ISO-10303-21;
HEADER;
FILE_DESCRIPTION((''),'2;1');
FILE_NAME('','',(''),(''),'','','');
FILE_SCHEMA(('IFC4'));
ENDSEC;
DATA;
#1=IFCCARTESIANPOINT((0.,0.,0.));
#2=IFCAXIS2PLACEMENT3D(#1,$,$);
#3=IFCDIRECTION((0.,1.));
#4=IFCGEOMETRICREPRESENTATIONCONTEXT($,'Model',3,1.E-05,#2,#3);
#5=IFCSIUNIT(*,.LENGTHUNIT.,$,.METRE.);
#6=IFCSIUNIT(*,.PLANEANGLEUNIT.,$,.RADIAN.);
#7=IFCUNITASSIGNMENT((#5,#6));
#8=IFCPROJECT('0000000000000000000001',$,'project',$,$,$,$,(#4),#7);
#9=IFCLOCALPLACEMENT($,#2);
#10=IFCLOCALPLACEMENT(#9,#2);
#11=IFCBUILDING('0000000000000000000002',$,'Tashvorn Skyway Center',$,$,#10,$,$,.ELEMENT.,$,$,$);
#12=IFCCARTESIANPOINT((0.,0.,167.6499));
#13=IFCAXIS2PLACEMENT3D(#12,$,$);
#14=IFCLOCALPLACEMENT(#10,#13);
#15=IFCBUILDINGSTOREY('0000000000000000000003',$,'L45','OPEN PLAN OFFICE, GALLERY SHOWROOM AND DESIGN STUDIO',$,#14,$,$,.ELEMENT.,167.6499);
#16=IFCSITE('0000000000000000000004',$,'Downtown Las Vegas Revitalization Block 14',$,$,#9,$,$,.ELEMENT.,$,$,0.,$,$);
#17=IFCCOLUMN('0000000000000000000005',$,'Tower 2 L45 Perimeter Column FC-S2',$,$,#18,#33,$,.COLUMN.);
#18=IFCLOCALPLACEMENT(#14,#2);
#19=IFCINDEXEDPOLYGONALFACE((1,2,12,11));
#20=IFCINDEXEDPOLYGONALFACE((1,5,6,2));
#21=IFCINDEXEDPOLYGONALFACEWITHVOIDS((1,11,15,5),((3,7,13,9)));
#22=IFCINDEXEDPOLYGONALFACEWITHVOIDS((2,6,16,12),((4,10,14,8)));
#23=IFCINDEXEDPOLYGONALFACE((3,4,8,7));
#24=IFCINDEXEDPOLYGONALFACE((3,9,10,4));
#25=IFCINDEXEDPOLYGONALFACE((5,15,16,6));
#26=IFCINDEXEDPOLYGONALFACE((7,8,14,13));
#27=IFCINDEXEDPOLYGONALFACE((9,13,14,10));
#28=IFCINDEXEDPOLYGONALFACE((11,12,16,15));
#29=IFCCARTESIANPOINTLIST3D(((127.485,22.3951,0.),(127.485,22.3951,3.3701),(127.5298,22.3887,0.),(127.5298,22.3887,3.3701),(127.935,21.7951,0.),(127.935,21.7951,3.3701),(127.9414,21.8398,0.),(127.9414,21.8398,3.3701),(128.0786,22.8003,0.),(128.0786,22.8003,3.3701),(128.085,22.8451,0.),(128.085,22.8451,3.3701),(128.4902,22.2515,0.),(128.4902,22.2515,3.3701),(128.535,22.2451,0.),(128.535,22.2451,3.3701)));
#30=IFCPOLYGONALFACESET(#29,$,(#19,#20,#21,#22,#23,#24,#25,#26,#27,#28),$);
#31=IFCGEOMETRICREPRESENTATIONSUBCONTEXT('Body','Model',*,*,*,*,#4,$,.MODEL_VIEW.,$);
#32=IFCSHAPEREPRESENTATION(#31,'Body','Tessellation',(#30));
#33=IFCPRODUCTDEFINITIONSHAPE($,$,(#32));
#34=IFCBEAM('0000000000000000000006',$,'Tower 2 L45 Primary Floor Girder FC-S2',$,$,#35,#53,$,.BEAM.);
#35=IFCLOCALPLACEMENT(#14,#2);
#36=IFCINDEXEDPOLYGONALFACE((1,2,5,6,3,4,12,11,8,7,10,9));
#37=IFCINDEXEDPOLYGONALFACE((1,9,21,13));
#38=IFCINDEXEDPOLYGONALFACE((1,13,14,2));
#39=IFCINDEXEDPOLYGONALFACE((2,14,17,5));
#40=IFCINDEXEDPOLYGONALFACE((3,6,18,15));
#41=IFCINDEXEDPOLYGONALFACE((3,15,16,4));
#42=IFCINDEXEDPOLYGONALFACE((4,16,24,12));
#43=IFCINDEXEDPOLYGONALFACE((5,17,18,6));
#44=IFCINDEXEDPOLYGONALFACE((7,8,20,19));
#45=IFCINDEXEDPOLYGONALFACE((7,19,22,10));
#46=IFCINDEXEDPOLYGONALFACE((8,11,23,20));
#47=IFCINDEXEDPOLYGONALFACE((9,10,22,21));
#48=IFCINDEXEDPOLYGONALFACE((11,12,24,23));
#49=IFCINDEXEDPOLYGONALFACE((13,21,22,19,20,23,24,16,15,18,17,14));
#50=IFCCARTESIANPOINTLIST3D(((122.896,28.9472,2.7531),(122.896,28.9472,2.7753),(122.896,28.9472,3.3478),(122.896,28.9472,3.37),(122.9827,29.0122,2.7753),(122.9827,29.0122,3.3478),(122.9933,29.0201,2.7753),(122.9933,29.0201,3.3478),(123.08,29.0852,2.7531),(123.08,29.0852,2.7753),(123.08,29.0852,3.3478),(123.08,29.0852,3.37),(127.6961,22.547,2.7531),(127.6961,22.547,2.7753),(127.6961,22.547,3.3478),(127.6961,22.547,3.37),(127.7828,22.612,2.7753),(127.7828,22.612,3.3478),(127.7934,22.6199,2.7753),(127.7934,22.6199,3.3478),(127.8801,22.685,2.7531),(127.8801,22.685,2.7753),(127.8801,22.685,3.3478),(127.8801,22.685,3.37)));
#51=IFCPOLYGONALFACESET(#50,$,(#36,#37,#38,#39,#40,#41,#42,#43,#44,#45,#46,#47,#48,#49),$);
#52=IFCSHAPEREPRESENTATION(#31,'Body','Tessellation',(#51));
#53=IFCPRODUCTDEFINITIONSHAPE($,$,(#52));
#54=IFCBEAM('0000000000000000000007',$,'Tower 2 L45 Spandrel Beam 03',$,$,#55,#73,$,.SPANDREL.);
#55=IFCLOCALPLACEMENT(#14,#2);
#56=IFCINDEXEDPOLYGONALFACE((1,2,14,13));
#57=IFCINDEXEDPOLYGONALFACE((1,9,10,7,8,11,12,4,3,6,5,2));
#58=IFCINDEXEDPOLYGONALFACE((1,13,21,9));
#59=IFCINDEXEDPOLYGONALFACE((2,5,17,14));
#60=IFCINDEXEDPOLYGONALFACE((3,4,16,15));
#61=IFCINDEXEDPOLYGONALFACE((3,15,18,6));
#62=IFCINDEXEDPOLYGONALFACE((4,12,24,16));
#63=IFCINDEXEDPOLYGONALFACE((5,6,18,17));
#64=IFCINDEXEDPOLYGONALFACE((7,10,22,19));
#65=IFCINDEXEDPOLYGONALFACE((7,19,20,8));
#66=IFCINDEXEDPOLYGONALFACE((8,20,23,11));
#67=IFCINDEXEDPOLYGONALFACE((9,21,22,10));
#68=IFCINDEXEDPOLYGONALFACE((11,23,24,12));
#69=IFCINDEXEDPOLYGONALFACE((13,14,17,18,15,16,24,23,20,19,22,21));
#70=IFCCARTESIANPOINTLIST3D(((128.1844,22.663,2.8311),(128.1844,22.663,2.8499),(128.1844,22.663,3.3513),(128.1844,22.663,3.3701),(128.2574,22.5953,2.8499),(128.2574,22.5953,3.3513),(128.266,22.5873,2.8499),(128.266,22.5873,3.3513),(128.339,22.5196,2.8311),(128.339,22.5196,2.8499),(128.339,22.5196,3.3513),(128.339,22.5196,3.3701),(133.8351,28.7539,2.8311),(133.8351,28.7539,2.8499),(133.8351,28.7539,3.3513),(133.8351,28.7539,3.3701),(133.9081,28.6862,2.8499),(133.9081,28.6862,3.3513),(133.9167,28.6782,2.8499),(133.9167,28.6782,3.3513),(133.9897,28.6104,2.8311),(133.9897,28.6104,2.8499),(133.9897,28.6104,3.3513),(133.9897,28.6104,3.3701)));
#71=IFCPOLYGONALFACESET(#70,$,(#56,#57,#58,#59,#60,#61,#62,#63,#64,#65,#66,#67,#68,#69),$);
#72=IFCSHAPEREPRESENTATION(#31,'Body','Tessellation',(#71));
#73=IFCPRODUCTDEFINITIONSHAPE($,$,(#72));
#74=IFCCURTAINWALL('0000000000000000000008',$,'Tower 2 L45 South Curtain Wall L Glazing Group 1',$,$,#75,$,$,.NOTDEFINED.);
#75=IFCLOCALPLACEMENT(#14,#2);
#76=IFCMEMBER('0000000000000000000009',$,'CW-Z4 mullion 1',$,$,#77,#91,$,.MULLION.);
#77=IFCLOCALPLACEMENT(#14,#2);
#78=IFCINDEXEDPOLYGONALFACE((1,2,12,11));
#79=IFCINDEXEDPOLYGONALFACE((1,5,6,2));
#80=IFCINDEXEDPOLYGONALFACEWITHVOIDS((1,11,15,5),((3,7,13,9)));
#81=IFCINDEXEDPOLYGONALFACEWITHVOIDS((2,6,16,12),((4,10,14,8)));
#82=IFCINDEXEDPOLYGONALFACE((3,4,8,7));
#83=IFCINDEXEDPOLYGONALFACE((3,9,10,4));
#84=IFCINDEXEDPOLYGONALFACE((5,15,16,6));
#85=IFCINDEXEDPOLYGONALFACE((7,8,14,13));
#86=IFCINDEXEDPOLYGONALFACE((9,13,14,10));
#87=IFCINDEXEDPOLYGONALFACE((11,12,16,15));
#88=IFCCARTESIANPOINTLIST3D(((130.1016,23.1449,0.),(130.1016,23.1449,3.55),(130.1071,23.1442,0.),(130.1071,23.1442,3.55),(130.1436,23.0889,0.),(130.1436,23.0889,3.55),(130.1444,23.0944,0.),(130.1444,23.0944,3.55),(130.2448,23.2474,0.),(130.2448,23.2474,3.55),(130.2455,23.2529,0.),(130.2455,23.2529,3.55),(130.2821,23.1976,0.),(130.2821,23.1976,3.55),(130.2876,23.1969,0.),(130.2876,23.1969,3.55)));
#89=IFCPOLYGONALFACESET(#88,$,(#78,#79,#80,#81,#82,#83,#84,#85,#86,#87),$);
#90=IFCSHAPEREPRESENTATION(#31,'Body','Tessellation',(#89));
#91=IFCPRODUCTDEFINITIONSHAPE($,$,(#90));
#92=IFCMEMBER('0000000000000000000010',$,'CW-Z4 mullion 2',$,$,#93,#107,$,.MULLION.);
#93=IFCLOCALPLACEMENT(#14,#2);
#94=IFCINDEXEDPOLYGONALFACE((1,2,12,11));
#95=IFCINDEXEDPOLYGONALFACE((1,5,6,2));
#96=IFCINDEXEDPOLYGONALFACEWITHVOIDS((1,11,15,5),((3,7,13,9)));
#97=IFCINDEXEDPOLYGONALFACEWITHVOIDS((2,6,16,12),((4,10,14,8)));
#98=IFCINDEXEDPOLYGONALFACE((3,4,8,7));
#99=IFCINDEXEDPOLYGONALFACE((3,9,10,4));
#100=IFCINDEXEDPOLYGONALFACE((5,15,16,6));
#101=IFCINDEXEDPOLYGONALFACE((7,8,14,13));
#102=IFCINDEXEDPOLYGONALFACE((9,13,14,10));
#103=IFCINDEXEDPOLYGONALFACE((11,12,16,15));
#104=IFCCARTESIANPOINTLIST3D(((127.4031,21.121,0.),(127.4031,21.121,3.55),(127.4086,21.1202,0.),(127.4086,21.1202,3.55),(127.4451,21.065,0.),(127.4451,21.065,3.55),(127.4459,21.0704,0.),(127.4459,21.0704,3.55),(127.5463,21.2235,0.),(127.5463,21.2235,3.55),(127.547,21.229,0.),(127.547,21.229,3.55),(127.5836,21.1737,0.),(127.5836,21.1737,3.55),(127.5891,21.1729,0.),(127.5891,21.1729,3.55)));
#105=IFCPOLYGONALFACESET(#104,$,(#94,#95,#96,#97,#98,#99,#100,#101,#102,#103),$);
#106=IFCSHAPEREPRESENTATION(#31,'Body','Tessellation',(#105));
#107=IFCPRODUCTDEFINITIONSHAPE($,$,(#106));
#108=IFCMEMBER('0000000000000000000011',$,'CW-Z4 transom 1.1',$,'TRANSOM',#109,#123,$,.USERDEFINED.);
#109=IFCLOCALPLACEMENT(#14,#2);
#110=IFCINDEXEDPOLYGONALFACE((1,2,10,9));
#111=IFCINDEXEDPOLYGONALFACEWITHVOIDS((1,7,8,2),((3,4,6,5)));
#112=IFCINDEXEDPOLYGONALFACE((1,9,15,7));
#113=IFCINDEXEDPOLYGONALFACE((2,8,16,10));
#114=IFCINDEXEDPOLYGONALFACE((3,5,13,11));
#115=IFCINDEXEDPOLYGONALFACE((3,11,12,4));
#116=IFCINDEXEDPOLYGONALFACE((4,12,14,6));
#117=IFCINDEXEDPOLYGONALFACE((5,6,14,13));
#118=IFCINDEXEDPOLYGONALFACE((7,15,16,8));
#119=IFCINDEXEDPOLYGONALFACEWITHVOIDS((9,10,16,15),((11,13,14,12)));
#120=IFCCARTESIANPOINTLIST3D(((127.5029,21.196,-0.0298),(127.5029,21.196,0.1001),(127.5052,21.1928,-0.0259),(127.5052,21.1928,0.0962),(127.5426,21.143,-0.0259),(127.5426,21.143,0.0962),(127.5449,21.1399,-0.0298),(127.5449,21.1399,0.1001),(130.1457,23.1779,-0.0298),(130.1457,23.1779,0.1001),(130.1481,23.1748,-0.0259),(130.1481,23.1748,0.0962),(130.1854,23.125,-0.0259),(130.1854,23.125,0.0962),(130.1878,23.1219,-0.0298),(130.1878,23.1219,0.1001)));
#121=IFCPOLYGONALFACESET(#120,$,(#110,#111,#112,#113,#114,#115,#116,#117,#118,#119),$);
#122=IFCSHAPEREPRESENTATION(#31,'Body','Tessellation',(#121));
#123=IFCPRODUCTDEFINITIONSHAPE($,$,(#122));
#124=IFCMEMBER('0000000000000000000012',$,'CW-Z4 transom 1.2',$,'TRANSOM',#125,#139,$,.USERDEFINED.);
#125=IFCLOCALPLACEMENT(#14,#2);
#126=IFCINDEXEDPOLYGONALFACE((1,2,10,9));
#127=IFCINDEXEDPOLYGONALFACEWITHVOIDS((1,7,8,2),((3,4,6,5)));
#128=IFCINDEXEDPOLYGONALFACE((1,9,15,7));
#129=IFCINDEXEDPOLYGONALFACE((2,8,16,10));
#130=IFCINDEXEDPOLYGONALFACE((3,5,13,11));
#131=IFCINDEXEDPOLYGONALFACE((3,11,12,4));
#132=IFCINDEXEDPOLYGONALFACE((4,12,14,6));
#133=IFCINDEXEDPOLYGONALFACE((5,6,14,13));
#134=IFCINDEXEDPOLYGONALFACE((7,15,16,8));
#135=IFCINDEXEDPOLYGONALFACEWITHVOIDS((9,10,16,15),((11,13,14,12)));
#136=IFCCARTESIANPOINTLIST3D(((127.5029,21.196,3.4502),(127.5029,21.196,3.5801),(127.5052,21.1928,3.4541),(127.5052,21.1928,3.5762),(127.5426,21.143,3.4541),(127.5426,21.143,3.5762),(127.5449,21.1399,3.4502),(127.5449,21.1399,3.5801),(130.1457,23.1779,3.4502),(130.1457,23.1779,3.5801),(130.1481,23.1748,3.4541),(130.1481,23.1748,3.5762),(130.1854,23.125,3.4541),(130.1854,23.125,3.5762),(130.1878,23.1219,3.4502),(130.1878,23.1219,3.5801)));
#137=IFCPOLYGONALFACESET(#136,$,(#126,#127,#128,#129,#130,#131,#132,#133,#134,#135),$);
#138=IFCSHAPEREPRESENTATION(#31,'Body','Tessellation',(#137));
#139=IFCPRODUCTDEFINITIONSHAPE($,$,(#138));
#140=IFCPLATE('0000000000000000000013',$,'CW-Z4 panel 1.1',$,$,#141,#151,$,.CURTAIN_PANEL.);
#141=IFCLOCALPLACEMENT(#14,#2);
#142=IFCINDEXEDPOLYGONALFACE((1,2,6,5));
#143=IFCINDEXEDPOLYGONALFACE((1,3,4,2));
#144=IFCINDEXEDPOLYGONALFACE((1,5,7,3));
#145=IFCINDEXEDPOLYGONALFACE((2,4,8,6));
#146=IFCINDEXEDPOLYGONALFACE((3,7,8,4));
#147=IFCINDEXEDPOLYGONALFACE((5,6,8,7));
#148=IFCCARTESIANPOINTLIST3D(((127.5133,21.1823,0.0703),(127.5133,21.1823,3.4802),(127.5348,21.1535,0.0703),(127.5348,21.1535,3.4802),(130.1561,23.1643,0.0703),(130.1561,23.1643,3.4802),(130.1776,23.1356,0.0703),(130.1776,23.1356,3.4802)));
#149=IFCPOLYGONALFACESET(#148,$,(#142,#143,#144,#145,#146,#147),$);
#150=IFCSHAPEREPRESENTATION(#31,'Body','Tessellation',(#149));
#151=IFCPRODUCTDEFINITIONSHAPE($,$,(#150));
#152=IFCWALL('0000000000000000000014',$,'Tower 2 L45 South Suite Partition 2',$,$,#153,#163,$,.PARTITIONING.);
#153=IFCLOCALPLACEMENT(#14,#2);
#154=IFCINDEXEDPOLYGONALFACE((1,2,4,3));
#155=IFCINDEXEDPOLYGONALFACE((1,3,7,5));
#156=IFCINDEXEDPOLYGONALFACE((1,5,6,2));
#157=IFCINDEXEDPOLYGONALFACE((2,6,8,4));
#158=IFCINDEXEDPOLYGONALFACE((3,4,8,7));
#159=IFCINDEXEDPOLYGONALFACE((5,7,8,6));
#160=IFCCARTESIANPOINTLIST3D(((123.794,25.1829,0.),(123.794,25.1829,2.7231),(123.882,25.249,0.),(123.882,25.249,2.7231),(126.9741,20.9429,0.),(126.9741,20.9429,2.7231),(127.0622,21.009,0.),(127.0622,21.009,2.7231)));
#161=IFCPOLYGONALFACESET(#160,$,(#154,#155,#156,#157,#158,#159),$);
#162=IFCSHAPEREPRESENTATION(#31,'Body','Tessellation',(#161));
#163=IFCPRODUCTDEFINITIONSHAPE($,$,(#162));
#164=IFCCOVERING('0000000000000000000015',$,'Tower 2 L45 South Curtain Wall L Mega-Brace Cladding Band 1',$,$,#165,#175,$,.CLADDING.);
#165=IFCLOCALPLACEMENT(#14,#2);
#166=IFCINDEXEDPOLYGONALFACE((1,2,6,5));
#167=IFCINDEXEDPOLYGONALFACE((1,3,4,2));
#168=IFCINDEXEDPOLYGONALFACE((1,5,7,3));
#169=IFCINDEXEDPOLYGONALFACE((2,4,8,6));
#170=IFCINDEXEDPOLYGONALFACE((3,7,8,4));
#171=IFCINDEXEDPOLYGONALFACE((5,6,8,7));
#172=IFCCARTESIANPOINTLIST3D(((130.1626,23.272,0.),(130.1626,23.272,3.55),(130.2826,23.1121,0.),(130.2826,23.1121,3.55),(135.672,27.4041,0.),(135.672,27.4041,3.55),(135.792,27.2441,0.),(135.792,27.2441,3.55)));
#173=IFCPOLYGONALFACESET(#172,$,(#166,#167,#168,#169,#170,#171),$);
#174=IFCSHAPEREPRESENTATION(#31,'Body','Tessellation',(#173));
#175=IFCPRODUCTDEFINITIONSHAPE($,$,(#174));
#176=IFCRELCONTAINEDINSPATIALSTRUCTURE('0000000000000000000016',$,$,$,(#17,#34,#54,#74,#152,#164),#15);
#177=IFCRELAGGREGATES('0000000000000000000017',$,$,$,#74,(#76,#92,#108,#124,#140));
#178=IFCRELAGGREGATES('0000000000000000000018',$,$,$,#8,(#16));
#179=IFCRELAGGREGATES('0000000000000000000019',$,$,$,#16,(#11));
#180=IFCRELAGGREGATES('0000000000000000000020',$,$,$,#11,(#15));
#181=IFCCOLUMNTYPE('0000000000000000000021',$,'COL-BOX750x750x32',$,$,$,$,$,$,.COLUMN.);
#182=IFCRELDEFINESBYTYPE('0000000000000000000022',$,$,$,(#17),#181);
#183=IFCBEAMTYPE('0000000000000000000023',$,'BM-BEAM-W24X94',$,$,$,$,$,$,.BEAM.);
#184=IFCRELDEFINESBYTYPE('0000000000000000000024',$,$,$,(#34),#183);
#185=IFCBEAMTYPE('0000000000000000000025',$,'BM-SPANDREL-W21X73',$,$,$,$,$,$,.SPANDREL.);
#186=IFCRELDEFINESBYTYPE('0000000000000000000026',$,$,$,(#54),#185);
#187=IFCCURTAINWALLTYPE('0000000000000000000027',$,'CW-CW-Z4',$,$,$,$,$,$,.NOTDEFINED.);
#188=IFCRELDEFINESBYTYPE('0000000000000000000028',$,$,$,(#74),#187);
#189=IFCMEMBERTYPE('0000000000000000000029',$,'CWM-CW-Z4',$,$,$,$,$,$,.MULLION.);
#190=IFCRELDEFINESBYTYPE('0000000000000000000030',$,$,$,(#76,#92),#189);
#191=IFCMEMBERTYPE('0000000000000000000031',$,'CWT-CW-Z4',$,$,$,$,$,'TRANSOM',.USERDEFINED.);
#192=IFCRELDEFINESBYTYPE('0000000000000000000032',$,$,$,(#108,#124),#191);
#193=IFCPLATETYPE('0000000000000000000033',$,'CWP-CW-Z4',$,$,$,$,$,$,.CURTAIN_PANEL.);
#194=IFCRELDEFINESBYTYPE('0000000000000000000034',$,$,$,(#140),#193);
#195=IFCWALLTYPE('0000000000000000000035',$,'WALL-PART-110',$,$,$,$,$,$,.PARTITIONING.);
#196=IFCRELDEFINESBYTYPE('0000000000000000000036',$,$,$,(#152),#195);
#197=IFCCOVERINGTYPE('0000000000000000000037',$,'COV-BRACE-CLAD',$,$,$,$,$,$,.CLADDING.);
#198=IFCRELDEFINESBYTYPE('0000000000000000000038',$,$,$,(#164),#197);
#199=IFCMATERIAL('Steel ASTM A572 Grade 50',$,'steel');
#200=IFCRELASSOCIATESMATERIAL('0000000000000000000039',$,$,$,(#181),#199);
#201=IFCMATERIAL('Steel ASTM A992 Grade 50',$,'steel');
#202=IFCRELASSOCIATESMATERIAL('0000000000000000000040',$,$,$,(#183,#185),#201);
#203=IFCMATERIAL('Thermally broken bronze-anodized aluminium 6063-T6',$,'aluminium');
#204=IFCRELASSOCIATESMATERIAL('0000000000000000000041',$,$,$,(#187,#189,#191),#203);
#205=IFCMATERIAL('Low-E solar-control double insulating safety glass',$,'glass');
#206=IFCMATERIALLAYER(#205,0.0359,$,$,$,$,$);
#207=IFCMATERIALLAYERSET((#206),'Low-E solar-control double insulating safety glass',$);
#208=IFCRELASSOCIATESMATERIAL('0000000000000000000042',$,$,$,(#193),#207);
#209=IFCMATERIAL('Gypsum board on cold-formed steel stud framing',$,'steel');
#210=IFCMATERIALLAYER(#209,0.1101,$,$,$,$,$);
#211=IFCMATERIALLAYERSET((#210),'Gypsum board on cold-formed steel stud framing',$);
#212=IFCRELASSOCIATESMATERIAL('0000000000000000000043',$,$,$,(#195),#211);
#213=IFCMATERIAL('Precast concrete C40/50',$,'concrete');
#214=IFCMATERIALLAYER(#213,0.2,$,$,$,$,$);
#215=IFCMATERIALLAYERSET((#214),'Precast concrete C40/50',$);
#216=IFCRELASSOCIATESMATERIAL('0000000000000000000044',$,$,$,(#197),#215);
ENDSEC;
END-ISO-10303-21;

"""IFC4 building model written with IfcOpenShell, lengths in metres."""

from ifc_helpers import new_model, si_unit, direction, frame, frame_2d, origin, origin_2d, place, context, subcontext, project, spatial, rectangle, hollow_rectangle, i_section, extrude, material, layer, layer_set, material_profile, profile_set, type_object, element, aggregate, save


model = new_model("IFC4")

# Units and contexts
model_context = context("Model", 3, precision=1e-05, world=origin(), true_north=direction((0.0, 1.0)))
body_context = subcontext(model_context, "Body", "Model", "MODEL_VIEW")
ifc_project = project(units=[si_unit("LENGTHUNIT", "METRE"), si_unit("PLANEANGLEUNIT", "RADIAN")], contexts=[model_context])

# Site, building, storey
site_placement = place(None, origin())
site = spatial("IfcSite", under=ifc_project, at=site_placement, Name="Downtown Las Vegas Revitalization Block 14", CompositionType="ELEMENT", RefElevation=0.0)
building_placement = place(site_placement, origin())
building = spatial("IfcBuilding", under=site, at=building_placement, Name="Tashvorn Skyway Center", CompositionType="ELEMENT")
storey_placement = place(building_placement, frame((0.0, 0.0, 167.6499)))
storey = spatial("IfcBuildingStorey", under=building, at=storey_placement, Name="L45", Description="OPEN PLAN OFFICE, GALLERY SHOWROOM AND DESIGN STUDIO", CompositionType="ELEMENT", Elevation=167.6499)

# Column
ifc_material_1 = material(Name="Steel ASTM A572 Grade 50", Category="steel")
ifc_material_profile_1 = material_profile(ifc_material_1, hollow_rectangle(XDim=0.75, YDim=0.75, WallThickness=0.032, at=origin_2d()), Name="BOX750x750x32")
ifc_profile_set_1 = profile_set([ifc_material_profile_1], Name="Steel ASTM A572 Grade 50")
column_type = type_object("IfcColumnType", Name="COL-BOX750x750x32", PredefinedType="COLUMN", material=ifc_profile_set_1)
column_placement = place(storey_placement, frame((128.01, 22.3201, 0.0), z_axis=(0.0, 0.0, 1.0), x_axis=(0.8, 0.6, 0.0)))
element("IfcColumn", 1, at=column_placement, inside=storey, type_object=column_type, Name="Tower 2 L45 Perimeter Column FC-S2", PredefinedType="COLUMN", context=body_context, shape_type="SweptSolid", body=[
    extrude(hollow_rectangle(XDim=0.75, YDim=0.75, WallThickness=0.032, at=origin_2d()), origin(), (0.0, 0.0, 1.0), 3.3701),
])

# Beams
ifc_material_2 = material(Name="Steel ASTM A992 Grade 50", Category="steel")
ifc_material_profile_2 = material_profile(ifc_material_2, i_section(OverallWidth=0.23, OverallDepth=0.6169, WebThickness=0.0132, FlangeThickness=0.0222, at=origin_2d()), Name="W24X94")
ifc_profile_set_2 = profile_set([ifc_material_profile_2], Name="Steel ASTM A992 Grade 50")
beam_type_1 = type_object("IfcBeamType", Name="BM-BEAM-W24X94", PredefinedType="BEAM", material=ifc_profile_set_2)
beam_1_placement = place(storey_placement, frame((127.7881, 22.616, 3.0615), z_axis=(-0.599995, 0.800004, 0.0), x_axis=(-0.800004, -0.599995, 0.0)))
element("IfcBeam", 2, at=beam_1_placement, inside=storey, type_object=beam_type_1, Name="Tower 2 L45 Primary Floor Girder FC-S2", PredefinedType="BEAM", context=body_context, shape_type="SweptSolid", body=[
    extrude(i_section(OverallWidth=0.23, OverallDepth=0.6169, WebThickness=0.0132, FlangeThickness=0.0222, at=origin_2d()), origin(), (0.0, 0.0, 1.0), 8.0002),
])
ifc_material_profile_3 = material_profile(ifc_material_2, i_section(OverallWidth=0.2109, OverallDepth=0.5391, WebThickness=0.0117, FlangeThickness=0.0188, at=origin_2d()), Name="W21X73")
ifc_profile_set_3 = profile_set([ifc_material_profile_3], Name="Steel ASTM A992 Grade 50")
beam_type_2 = type_object("IfcBeamType", Name="BM-SPANDREL-W21X73", PredefinedType="SPANDREL", material=ifc_profile_set_3)
beam_2_placement = place(storey_placement, frame((128.2617, 22.5913, 3.1006), z_axis=(0.68012, 0.733101, 0.0), x_axis=(-0.733101, 0.68012, 0.0)))
element("IfcBeam", 3, at=beam_2_placement, inside=storey, type_object=beam_type_2, Name="Tower 2 L45 Spandrel Beam 03", PredefinedType="SPANDREL", context=body_context, shape_type="SweptSolid", body=[
    extrude(i_section(OverallWidth=0.2109, OverallDepth=0.5391, WebThickness=0.0117, FlangeThickness=0.0188, at=origin_2d()), origin(), (0.0, 0.0, 1.0), 8.3083),
])

# Curtain wall, members, plate
ifc_material_3 = material(Name="Thermally broken bronze-anodized aluminium 6063-T6", Category="aluminium")
curtain_wall_type = type_object("IfcCurtainWallType", Name="CW-CW-Z4", PredefinedType="NOTDEFINED", material=ifc_material_3)
curtain_wall_placement = place(storey_placement, origin())
curtain_wall = element("IfcCurtainWall", 4, at=curtain_wall_placement, inside=storey, type_object=curtain_wall_type, Name="Tower 2 L45 South Curtain Wall L Glazing Group 1", PredefinedType="NOTDEFINED")
ifc_material_profile_4 = material_profile(ifc_material_3, hollow_rectangle(XDim=0.0701, YDim=0.1799, WallThickness=0.0039, at=origin_2d()), Name="ALU-MULL-70x180")
ifc_profile_set_4 = profile_set([ifc_material_profile_4], Name="Thermally broken bronze-anodized aluminium 6063-T6")
member_type_1 = type_object("IfcMemberType", Name="CWM-CW-Z4", PredefinedType="MULLION", material=ifc_profile_set_4)
member_1_placement = place(storey_placement, frame((130.1946, 23.1709, 0.0), z_axis=(0.0, 0.0, 1.0), x_axis=(0.599995, -0.800003, 0.0)))
member_1 = element("IfcMember", 5, at=member_1_placement, type_object=member_type_1, Name="CW-Z4 mullion 1", PredefinedType="MULLION", context=body_context, shape_type="SweptSolid", body=[
    extrude(hollow_rectangle(XDim=0.0701, YDim=0.1799, WallThickness=0.0039, at=origin_2d()), origin(), (0.0, 0.0, 1.0), 3.55),
])
member_2_placement = place(storey_placement, frame((127.4961, 21.147, 0.0), z_axis=(0.0, 0.0, 1.0), x_axis=(0.599995, -0.800003, 0.0)))
member_2 = element("IfcMember", 6, at=member_2_placement, type_object=member_type_1, Name="CW-Z4 mullion 2", PredefinedType="MULLION", context=body_context, shape_type="SweptSolid", body=[
    extrude(hollow_rectangle(XDim=0.0701, YDim=0.1799, WallThickness=0.0039, at=origin_2d()), origin(), (0.0, 0.0, 1.0), 3.55),
])
ifc_material_profile_5 = material_profile(ifc_material_3, hollow_rectangle(XDim=0.0701, YDim=0.1299, WallThickness=0.0039, at=origin_2d()), Name="ALU-TRAN-70x130")
ifc_profile_set_5 = profile_set([ifc_material_profile_5], Name="Thermally broken bronze-anodized aluminium 6063-T6")
member_type_2 = type_object("IfcMemberType", Name="CWT-CW-Z4", ElementType="TRANSOM", PredefinedType="USERDEFINED", material=ifc_profile_set_5)
member_3_placement = place(storey_placement, frame((130.1667, 23.1499, 0.0352), z_axis=(-0.800027, -0.599965, 0.0), x_axis=(0.599965, -0.800027, 0.0)))
member_3 = element("IfcMember", 7, at=member_3_placement, type_object=member_type_2, Name="CW-Z4 transom 1.1", ObjectType="TRANSOM", PredefinedType="USERDEFINED", context=body_context, shape_type="SweptSolid", body=[
    extrude(hollow_rectangle(XDim=0.0701, YDim=0.1299, WallThickness=0.0039, at=origin_2d()), origin(), (0.0, 0.0, 1.0), 3.3035),
])
member_4_placement = place(storey_placement, frame((130.1667, 23.1499, 3.5151), z_axis=(-0.800027, -0.599965, 0.0), x_axis=(0.599965, -0.800027, 0.0)))
member_4 = element("IfcMember", 8, at=member_4_placement, type_object=member_type_2, Name="CW-Z4 transom 1.2", ObjectType="TRANSOM", PredefinedType="USERDEFINED", context=body_context, shape_type="SweptSolid", body=[
    extrude(hollow_rectangle(XDim=0.0701, YDim=0.1299, WallThickness=0.0039, at=origin_2d()), origin(), (0.0, 0.0, 1.0), 3.3035),
])
ifc_material_4 = material(Name="Low-E solar-control double insulating safety glass", Category="glass")
ifc_layer_1 = layer(ifc_material_4, 0.0359)
ifc_layer_set_1 = layer_set([ifc_layer_1], Name="Low-E solar-control double insulating safety glass")
plate_type = type_object("IfcPlateType", Name="CWP-CW-Z4", PredefinedType="CURTAIN_PANEL", material=ifc_layer_set_1)
plate_placement = place(storey_placement, frame((128.8455, 22.1589, 0.0703), z_axis=(0.0, 0.0, 1.0), x_axis=(-0.800003, -0.599995, 0.0)))
plate = element("IfcPlate", 9, at=plate_placement, type_object=plate_type, Name="CW-Z4 panel 1.1", PredefinedType="CURTAIN_PANEL", context=body_context, shape_type="SweptSolid", body=[
    extrude(rectangle(XDim=3.3035, YDim=0.0359, at=origin_2d()), origin(), (0.0, 0.0, 1.0), 3.4099),
])
aggregate(curtain_wall, [member_1, member_2, member_3, member_4, plate])

# Shared definitions
ifc_material_5 = material(Name="Precast concrete C40/50", Category="concrete")

# Wall
ifc_material_6 = material(Name="Gypsum board on cold-formed steel stud framing", Category="steel")
ifc_layer_2 = layer(ifc_material_6, 0.1101)
ifc_layer_set_2 = layer_set([ifc_layer_2], Name="Gypsum board on cold-formed steel stud framing")
wall_type_1 = type_object("IfcWallType", Name="WALL-PART-110", PredefinedType="PARTITIONING", material=ifc_layer_set_2)
wall_1_placement = place(storey_placement, frame((127.0181, 20.9761, 0.0), z_axis=(0.0, 0.0, 1.0), x_axis=(-0.600022, 0.799983, 0.0)))
element("IfcWall", 10, at=wall_1_placement, inside=storey, type_object=wall_type_1, Name="Tower 2 L45 South Suite Partition 2", PredefinedType="PARTITIONING", context=body_context, shape_type="SweptSolid", body=[
    extrude(rectangle(XDim=5.3, YDim=0.1101, at=frame_2d((2.6499, 0.0))), origin(), (0.0, 0.0, 1.0), 2.7231),
])

# Covering
ifc_layer_3 = layer(ifc_material_5, 0.2)
ifc_layer_set_3 = layer_set([ifc_layer_3], Name="Precast concrete C40/50")
covering_type_1 = type_object("IfcCoveringType", Name="COV-BRACE-CLAD", PredefinedType="CLADDING", material=ifc_layer_set_3)
covering_1_placement = place(storey_placement, frame((132.9773, 25.2581, 0.0), z_axis=(0.0, 0.0, 1.0), x_axis=(-0.8, -0.6, 0.0)))
element("IfcCovering", 11, at=covering_1_placement, inside=storey, type_object=covering_type_1, Name="Tower 2 L45 South Curtain Wall L Mega-Brace Cladding Band 1", PredefinedType="CLADDING", context=body_context, shape_type="SweptSolid", body=[
    extrude(rectangle(XDim=6.8867, YDim=0.2, at=origin_2d()), origin(), (0.0, 0.0, 1.0), 3.55),
])

save(model, "model.ifc")
